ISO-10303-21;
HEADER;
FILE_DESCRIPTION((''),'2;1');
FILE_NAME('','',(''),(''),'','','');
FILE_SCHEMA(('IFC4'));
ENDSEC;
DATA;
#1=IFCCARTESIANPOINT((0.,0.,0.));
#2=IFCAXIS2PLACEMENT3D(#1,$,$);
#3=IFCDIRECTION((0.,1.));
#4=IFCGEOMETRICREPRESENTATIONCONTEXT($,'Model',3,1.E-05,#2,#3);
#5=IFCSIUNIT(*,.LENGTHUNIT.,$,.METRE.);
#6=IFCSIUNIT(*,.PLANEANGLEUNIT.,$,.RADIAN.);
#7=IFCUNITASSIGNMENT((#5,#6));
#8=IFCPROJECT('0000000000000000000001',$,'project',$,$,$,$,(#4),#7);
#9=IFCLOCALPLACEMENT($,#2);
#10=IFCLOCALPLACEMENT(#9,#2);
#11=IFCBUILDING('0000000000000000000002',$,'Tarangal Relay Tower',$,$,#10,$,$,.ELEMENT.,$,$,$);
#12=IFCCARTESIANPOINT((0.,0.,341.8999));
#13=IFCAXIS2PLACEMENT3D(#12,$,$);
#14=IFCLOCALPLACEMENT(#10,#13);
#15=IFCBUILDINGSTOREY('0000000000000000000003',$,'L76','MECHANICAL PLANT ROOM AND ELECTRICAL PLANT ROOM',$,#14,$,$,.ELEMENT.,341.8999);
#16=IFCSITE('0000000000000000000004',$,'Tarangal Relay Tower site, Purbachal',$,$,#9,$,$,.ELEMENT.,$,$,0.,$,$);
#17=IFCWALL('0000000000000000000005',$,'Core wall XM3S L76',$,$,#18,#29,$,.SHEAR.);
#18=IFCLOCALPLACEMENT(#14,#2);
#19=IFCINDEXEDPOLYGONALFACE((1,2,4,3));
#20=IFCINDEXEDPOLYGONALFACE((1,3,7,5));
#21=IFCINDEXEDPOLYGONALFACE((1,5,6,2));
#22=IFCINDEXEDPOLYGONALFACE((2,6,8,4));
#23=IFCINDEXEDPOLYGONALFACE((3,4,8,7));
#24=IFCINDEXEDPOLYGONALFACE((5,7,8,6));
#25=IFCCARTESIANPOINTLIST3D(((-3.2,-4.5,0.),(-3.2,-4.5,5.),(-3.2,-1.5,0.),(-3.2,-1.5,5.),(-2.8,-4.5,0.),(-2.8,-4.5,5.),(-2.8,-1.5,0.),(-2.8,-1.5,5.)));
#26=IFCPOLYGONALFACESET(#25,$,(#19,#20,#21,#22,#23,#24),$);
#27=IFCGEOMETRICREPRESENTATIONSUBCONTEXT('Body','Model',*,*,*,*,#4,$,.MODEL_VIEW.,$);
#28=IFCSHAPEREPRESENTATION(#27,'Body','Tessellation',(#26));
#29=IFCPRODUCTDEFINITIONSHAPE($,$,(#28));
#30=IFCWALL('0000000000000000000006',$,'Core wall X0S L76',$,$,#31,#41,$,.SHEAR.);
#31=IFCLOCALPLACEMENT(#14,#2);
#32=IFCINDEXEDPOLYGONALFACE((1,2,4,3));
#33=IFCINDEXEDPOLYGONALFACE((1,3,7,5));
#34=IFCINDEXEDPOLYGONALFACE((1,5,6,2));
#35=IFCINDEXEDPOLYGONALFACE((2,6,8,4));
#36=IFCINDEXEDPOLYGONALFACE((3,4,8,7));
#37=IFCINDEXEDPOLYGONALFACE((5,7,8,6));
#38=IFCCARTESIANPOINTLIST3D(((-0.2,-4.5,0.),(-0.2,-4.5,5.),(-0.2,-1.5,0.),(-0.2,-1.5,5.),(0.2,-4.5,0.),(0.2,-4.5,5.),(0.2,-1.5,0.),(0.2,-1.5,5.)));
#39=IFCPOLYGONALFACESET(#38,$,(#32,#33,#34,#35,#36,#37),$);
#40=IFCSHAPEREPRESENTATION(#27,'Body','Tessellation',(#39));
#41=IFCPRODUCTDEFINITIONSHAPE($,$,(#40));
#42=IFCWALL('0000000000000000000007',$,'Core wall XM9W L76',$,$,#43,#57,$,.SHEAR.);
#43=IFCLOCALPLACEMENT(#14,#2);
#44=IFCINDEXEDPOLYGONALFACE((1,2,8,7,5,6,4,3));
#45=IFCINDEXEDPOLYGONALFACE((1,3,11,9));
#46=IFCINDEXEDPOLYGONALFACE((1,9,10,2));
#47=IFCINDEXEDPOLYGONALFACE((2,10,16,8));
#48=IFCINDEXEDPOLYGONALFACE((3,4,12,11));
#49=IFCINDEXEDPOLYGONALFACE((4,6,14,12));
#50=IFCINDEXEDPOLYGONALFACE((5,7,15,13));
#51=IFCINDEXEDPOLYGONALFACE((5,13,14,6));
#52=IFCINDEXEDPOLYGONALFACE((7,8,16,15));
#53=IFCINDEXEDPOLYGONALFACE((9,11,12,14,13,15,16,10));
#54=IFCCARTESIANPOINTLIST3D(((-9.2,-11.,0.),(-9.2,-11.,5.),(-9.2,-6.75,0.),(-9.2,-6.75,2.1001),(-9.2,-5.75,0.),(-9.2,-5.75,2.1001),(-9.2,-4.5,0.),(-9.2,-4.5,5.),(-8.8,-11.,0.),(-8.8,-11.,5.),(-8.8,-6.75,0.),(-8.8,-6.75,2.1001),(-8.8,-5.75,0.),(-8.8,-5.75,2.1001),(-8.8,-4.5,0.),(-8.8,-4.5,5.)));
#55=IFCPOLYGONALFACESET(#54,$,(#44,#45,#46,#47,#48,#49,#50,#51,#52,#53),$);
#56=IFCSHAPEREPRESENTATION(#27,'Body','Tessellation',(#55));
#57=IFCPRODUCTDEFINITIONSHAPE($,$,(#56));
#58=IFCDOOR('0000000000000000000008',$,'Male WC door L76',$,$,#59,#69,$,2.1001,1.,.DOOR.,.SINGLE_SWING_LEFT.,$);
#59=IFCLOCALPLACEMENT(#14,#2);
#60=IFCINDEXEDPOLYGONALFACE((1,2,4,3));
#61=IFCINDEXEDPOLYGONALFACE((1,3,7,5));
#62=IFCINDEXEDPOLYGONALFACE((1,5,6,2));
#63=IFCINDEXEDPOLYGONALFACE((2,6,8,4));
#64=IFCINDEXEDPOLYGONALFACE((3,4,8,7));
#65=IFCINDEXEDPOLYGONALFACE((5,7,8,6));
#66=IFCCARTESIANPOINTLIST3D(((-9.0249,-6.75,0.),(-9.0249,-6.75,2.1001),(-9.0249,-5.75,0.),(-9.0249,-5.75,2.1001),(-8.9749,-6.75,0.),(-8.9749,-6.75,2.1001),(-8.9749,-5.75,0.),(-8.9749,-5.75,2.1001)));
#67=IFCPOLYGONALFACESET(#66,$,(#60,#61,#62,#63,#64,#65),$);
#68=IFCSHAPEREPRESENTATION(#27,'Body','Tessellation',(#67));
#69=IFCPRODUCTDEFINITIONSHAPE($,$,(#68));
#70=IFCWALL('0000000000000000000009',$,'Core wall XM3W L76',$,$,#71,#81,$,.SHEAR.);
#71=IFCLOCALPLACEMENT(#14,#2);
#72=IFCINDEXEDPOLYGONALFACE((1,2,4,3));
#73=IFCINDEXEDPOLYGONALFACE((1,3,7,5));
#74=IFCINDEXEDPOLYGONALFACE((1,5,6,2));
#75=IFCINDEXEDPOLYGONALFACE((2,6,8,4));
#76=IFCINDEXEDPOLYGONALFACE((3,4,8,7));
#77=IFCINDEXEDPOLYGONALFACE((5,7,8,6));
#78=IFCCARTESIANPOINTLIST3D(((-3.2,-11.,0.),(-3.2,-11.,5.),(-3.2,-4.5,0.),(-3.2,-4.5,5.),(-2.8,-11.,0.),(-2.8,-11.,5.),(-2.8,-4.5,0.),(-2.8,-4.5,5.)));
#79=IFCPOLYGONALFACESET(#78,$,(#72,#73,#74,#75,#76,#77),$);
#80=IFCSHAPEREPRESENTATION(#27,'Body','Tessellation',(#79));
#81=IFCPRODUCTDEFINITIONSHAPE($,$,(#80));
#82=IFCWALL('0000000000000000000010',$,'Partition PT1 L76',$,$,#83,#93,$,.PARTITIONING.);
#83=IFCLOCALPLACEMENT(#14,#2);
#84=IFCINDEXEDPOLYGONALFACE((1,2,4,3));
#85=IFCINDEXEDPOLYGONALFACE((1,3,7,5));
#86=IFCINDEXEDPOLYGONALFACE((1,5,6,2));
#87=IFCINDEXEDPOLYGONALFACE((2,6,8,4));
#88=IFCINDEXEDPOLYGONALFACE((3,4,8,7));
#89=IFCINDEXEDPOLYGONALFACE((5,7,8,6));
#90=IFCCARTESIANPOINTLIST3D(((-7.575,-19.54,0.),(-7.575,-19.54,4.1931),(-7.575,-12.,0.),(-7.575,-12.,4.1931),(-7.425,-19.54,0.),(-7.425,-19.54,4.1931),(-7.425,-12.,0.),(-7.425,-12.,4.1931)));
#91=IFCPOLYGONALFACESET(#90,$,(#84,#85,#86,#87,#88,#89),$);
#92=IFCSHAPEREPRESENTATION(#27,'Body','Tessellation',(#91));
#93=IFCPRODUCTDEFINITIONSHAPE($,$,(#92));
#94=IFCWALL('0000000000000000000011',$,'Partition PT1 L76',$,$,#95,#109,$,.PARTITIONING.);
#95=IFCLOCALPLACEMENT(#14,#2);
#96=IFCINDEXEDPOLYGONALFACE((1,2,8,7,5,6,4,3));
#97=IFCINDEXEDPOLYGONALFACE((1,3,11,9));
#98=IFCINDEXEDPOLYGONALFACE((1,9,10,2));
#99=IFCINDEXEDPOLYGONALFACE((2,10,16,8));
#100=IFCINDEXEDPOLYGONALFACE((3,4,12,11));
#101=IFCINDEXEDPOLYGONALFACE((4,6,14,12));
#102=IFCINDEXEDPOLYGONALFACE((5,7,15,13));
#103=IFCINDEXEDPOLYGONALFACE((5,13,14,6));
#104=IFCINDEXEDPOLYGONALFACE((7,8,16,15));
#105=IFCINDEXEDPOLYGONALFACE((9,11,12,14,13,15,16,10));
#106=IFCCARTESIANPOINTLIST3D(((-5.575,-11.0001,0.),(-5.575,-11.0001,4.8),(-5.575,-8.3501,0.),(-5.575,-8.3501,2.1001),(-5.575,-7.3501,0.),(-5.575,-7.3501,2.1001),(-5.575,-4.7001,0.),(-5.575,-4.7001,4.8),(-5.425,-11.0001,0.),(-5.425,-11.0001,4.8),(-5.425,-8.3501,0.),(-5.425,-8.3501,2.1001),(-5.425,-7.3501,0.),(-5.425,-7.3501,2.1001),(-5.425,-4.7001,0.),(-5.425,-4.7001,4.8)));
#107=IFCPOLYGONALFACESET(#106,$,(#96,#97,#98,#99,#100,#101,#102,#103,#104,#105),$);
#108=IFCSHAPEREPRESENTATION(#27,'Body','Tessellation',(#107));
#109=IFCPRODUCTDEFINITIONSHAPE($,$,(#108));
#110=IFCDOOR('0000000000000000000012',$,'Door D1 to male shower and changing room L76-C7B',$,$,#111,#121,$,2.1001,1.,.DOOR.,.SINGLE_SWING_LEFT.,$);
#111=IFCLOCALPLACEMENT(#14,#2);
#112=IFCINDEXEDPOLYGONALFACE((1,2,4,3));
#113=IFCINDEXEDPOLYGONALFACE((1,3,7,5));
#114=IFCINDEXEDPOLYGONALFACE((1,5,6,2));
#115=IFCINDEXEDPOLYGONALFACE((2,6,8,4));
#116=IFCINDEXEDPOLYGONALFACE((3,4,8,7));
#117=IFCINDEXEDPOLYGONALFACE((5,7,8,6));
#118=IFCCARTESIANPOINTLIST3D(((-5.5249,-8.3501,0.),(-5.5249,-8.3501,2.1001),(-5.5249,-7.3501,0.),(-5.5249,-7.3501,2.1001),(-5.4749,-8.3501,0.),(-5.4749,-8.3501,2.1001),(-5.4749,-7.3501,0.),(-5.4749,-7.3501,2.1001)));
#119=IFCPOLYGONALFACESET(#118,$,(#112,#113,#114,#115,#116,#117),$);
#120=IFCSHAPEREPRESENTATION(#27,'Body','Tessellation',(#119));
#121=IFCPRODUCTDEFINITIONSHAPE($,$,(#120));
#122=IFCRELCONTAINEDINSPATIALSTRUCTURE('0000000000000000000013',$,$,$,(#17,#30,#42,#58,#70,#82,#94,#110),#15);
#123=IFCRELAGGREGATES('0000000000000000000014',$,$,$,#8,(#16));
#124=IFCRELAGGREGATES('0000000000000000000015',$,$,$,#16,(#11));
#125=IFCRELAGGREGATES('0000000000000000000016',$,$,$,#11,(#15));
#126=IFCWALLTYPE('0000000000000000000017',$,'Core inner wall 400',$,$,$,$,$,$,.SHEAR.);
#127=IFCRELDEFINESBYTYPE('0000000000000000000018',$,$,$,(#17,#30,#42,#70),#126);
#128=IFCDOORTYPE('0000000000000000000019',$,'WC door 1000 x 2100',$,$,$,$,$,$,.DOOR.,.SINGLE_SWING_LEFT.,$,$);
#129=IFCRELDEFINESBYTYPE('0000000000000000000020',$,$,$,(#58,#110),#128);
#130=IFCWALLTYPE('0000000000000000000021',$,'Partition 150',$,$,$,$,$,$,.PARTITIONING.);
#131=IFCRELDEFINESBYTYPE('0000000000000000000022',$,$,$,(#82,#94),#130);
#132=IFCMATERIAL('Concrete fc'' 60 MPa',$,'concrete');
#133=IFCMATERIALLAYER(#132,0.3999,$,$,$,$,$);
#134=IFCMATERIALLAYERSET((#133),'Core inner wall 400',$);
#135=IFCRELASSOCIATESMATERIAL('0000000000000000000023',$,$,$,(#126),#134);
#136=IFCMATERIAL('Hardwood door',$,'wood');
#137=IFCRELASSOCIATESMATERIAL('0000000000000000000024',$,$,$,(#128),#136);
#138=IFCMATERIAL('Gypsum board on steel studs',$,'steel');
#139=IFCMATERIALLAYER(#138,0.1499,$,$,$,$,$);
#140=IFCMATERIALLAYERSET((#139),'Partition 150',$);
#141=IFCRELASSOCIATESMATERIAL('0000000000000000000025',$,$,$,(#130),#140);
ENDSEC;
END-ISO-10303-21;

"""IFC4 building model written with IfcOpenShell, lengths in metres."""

from ifc_helpers import new_model, si_unit, direction, frame, frame_2d, origin, place, context, subcontext, project, spatial, rectangle, extrude, material, layer, layer_set, type_object, element, fill, save


model = new_model("IFC4")

# Units and contexts
model_context = context("Model", 3, precision=1e-05, world=origin(), true_north=direction((0.0, 1.0)))
body_context = subcontext(model_context, "Body", "Model", "MODEL_VIEW")
ifc_project = project(units=[si_unit("LENGTHUNIT", "METRE"), si_unit("PLANEANGLEUNIT", "RADIAN")], contexts=[model_context])

# Site, building, storey
site_placement = place(None, origin())
site = spatial("IfcSite", under=ifc_project, at=site_placement, Name="Tarangal Relay Tower site, Purbachal", CompositionType="ELEMENT", RefElevation=0.0)
building_placement = place(site_placement, origin())
building = spatial("IfcBuilding", under=site, at=building_placement, Name="Tarangal Relay Tower", CompositionType="ELEMENT")
storey_placement = place(building_placement, frame((0.0, 0.0, 341.8999)))
storey = spatial("IfcBuildingStorey", under=building, at=storey_placement, Name="L76", Description="MECHANICAL PLANT ROOM AND ELECTRICAL PLANT ROOM", CompositionType="ELEMENT", Elevation=341.8999)

# Shared definitions
ifc_material_1 = material(Name="Concrete fc' 60 MPa", Category="concrete")
ifc_layer_1 = layer(ifc_material_1, 0.3999)
ifc_layer_set_1 = layer_set([ifc_layer_1], Name="Core inner wall 400")
wall_type_1 = type_object("IfcWallType", Name="Core inner wall 400", PredefinedType="SHEAR", material=ifc_layer_set_1)

# Shared definitions
ifc_material_2 = material(Name="Hardwood door", Category="wood")
door_type_1 = type_object("IfcDoorType", Name="WC door 1000 x 2100", OperationType="SINGLE_SWING_LEFT", PredefinedType="DOOR", material=ifc_material_2)

# Walls
for number, where, z_axis, x_axis, name in (
    (1, (-3.0, -4.5, 0.0), (0.0, 0.0, 1.0), (0.0, 1.0, 0.0), "Core wall XM3S L76"),
    (2, (0.0, -4.5, 0.0), (0.0, 0.0, 1.0), (0.0, 1.0, 0.0), "Core wall X0S L76"),
):
    element("IfcWall", number, at=place(storey_placement, frame(where, z_axis=z_axis, x_axis=x_axis)), inside=storey, type_object=wall_type_1, Name=name, PredefinedType="SHEAR", context=body_context, shape_type="SweptSolid", body=[
        extrude(rectangle(XDim=3.0, YDim=0.3999, at=frame_2d((1.5, 0.0))), origin(), (0.0, 0.0, 1.0), 5.0),
    ])

# Wall, opening, door
wall_1_placement = place(storey_placement, frame((-9.0, -11.0, 0.0), z_axis=(0.0, 0.0, 1.0), x_axis=(0.0, 1.0, 0.0)))
wall_1 = element("IfcWall", 3, at=wall_1_placement, inside=storey, type_object=wall_type_1, Name="Core wall XM9W L76", PredefinedType="SHEAR", context=body_context, shape_type="SweptSolid", body=[
    extrude(rectangle(XDim=6.5, YDim=0.3999, at=frame_2d((3.25, 0.0))), origin(), (0.0, 0.0, 1.0), 5.0),
])
opening_1_placement = place(wall_1_placement, frame((4.25, 0.0, 0.0)))
opening_1 = element("IfcOpeningElement", 4, at=opening_1_placement, cuts=wall_1, PredefinedType="OPENING", context=body_context, shape_type="SweptSolid", body=[
    extrude(rectangle(XDim=1.0, YDim=2.1001, at=frame_2d((0.5, 1.05))), frame((0.0, 0.21, 0.0), z_axis=(0.0, -1.0, 0.0), x_axis=(1.0, 0.0, 0.0)), (0.0, 0.0, 1.0), 0.4199),
])
door_1_placement = place(opening_1_placement, origin())
door_1 = element("IfcDoor", 5, at=door_1_placement, inside=storey, type_object=door_type_1, Name="Male WC door L76", OperationType="SINGLE_SWING_LEFT", OverallHeight=2.1001, OverallWidth=1.0, PredefinedType="DOOR", context=body_context, shape_type="SweptSolid", body=[
    extrude(rectangle(XDim=1.0, YDim=2.1001, at=frame_2d((0.5, 1.05))), frame((0.0, 0.0249, 0.0), z_axis=(0.0, -1.0, 0.0), x_axis=(1.0, 0.0, 0.0)), (0.0, 0.0, 1.0), 0.05),
])
fill(opening_1, door_1)

# Walls
wall_2_placement = place(storey_placement, frame((-3.0, -11.0, 0.0), z_axis=(0.0, 0.0, 1.0), x_axis=(0.0, 1.0, 0.0)))
element("IfcWall", 6, at=wall_2_placement, inside=storey, type_object=wall_type_1, Name="Core wall XM3W L76", PredefinedType="SHEAR", context=body_context, shape_type="SweptSolid", body=[
    extrude(rectangle(XDim=6.5, YDim=0.3999, at=frame_2d((3.25, 0.0))), origin(), (0.0, 0.0, 1.0), 5.0),
])
ifc_material_3 = material(Name="Gypsum board on steel studs", Category="steel")
ifc_layer_2 = layer(ifc_material_3, 0.1499)
ifc_layer_set_2 = layer_set([ifc_layer_2], Name="Partition 150")
wall_type_2 = type_object("IfcWallType", Name="Partition 150", PredefinedType="PARTITIONING", material=ifc_layer_set_2)
wall_3_placement = place(storey_placement, frame((-7.5, -12.0, 0.0), z_axis=(0.0, 0.0, 1.0), x_axis=(0.0, -1.0, 0.0)))
element("IfcWall", 7, at=wall_3_placement, inside=storey, type_object=wall_type_2, Name="Partition PT1 L76", PredefinedType="PARTITIONING", context=body_context, shape_type="SweptSolid", body=[
    extrude(rectangle(XDim=7.54, YDim=0.1499, at=frame_2d((3.77, 0.0))), origin(), (0.0, 0.0, 1.0), 4.1931),
])

# Wall, opening, door
wall_4_placement = place(storey_placement, frame((-5.5, -11.0, 0.0), z_axis=(0.0, 0.0, 1.0), x_axis=(0.0, 1.0, 0.0)))
wall_4 = element("IfcWall", 8, at=wall_4_placement, inside=storey, type_object=wall_type_2, Name="Partition PT1 L76", PredefinedType="PARTITIONING", context=body_context, shape_type="SweptSolid", body=[
    extrude(rectangle(XDim=6.3, YDim=0.1499, at=frame_2d((3.1499, 0.0))), origin(), (0.0, 0.0, 1.0), 4.8),
])
opening_2_placement = place(wall_4_placement, frame((2.6499, 0.0, 0.0)))
opening_2 = element("IfcOpeningElement", 9, at=opening_2_placement, cuts=wall_4, PredefinedType="OPENING", context=body_context, shape_type="SweptSolid", body=[
    extrude(rectangle(XDim=1.0, YDim=2.1001, at=frame_2d((0.5, 1.05))), frame((0.0, 0.085, 0.0), z_axis=(0.0, -1.0, 0.0), x_axis=(1.0, 0.0, 0.0)), (0.0, 0.0, 1.0), 0.1699),
])
door_2_placement = place(opening_2_placement, origin())
door_2 = element("IfcDoor", 10, at=door_2_placement, inside=storey, type_object=door_type_1, Name="Door D1 to male shower and changing room L76-C7B", OperationType="SINGLE_SWING_LEFT", OverallHeight=2.1001, OverallWidth=1.0, PredefinedType="DOOR", context=body_context, shape_type="SweptSolid", body=[
    extrude(rectangle(XDim=1.0, YDim=2.1001, at=frame_2d((0.5, 1.05))), frame((0.0, 0.0249, 0.0), z_axis=(0.0, -1.0, 0.0), x_axis=(1.0, 0.0, 0.0)), (0.0, 0.0, 1.0), 0.05),
])
fill(opening_2, door_2)

save(model, "model.ifc")
